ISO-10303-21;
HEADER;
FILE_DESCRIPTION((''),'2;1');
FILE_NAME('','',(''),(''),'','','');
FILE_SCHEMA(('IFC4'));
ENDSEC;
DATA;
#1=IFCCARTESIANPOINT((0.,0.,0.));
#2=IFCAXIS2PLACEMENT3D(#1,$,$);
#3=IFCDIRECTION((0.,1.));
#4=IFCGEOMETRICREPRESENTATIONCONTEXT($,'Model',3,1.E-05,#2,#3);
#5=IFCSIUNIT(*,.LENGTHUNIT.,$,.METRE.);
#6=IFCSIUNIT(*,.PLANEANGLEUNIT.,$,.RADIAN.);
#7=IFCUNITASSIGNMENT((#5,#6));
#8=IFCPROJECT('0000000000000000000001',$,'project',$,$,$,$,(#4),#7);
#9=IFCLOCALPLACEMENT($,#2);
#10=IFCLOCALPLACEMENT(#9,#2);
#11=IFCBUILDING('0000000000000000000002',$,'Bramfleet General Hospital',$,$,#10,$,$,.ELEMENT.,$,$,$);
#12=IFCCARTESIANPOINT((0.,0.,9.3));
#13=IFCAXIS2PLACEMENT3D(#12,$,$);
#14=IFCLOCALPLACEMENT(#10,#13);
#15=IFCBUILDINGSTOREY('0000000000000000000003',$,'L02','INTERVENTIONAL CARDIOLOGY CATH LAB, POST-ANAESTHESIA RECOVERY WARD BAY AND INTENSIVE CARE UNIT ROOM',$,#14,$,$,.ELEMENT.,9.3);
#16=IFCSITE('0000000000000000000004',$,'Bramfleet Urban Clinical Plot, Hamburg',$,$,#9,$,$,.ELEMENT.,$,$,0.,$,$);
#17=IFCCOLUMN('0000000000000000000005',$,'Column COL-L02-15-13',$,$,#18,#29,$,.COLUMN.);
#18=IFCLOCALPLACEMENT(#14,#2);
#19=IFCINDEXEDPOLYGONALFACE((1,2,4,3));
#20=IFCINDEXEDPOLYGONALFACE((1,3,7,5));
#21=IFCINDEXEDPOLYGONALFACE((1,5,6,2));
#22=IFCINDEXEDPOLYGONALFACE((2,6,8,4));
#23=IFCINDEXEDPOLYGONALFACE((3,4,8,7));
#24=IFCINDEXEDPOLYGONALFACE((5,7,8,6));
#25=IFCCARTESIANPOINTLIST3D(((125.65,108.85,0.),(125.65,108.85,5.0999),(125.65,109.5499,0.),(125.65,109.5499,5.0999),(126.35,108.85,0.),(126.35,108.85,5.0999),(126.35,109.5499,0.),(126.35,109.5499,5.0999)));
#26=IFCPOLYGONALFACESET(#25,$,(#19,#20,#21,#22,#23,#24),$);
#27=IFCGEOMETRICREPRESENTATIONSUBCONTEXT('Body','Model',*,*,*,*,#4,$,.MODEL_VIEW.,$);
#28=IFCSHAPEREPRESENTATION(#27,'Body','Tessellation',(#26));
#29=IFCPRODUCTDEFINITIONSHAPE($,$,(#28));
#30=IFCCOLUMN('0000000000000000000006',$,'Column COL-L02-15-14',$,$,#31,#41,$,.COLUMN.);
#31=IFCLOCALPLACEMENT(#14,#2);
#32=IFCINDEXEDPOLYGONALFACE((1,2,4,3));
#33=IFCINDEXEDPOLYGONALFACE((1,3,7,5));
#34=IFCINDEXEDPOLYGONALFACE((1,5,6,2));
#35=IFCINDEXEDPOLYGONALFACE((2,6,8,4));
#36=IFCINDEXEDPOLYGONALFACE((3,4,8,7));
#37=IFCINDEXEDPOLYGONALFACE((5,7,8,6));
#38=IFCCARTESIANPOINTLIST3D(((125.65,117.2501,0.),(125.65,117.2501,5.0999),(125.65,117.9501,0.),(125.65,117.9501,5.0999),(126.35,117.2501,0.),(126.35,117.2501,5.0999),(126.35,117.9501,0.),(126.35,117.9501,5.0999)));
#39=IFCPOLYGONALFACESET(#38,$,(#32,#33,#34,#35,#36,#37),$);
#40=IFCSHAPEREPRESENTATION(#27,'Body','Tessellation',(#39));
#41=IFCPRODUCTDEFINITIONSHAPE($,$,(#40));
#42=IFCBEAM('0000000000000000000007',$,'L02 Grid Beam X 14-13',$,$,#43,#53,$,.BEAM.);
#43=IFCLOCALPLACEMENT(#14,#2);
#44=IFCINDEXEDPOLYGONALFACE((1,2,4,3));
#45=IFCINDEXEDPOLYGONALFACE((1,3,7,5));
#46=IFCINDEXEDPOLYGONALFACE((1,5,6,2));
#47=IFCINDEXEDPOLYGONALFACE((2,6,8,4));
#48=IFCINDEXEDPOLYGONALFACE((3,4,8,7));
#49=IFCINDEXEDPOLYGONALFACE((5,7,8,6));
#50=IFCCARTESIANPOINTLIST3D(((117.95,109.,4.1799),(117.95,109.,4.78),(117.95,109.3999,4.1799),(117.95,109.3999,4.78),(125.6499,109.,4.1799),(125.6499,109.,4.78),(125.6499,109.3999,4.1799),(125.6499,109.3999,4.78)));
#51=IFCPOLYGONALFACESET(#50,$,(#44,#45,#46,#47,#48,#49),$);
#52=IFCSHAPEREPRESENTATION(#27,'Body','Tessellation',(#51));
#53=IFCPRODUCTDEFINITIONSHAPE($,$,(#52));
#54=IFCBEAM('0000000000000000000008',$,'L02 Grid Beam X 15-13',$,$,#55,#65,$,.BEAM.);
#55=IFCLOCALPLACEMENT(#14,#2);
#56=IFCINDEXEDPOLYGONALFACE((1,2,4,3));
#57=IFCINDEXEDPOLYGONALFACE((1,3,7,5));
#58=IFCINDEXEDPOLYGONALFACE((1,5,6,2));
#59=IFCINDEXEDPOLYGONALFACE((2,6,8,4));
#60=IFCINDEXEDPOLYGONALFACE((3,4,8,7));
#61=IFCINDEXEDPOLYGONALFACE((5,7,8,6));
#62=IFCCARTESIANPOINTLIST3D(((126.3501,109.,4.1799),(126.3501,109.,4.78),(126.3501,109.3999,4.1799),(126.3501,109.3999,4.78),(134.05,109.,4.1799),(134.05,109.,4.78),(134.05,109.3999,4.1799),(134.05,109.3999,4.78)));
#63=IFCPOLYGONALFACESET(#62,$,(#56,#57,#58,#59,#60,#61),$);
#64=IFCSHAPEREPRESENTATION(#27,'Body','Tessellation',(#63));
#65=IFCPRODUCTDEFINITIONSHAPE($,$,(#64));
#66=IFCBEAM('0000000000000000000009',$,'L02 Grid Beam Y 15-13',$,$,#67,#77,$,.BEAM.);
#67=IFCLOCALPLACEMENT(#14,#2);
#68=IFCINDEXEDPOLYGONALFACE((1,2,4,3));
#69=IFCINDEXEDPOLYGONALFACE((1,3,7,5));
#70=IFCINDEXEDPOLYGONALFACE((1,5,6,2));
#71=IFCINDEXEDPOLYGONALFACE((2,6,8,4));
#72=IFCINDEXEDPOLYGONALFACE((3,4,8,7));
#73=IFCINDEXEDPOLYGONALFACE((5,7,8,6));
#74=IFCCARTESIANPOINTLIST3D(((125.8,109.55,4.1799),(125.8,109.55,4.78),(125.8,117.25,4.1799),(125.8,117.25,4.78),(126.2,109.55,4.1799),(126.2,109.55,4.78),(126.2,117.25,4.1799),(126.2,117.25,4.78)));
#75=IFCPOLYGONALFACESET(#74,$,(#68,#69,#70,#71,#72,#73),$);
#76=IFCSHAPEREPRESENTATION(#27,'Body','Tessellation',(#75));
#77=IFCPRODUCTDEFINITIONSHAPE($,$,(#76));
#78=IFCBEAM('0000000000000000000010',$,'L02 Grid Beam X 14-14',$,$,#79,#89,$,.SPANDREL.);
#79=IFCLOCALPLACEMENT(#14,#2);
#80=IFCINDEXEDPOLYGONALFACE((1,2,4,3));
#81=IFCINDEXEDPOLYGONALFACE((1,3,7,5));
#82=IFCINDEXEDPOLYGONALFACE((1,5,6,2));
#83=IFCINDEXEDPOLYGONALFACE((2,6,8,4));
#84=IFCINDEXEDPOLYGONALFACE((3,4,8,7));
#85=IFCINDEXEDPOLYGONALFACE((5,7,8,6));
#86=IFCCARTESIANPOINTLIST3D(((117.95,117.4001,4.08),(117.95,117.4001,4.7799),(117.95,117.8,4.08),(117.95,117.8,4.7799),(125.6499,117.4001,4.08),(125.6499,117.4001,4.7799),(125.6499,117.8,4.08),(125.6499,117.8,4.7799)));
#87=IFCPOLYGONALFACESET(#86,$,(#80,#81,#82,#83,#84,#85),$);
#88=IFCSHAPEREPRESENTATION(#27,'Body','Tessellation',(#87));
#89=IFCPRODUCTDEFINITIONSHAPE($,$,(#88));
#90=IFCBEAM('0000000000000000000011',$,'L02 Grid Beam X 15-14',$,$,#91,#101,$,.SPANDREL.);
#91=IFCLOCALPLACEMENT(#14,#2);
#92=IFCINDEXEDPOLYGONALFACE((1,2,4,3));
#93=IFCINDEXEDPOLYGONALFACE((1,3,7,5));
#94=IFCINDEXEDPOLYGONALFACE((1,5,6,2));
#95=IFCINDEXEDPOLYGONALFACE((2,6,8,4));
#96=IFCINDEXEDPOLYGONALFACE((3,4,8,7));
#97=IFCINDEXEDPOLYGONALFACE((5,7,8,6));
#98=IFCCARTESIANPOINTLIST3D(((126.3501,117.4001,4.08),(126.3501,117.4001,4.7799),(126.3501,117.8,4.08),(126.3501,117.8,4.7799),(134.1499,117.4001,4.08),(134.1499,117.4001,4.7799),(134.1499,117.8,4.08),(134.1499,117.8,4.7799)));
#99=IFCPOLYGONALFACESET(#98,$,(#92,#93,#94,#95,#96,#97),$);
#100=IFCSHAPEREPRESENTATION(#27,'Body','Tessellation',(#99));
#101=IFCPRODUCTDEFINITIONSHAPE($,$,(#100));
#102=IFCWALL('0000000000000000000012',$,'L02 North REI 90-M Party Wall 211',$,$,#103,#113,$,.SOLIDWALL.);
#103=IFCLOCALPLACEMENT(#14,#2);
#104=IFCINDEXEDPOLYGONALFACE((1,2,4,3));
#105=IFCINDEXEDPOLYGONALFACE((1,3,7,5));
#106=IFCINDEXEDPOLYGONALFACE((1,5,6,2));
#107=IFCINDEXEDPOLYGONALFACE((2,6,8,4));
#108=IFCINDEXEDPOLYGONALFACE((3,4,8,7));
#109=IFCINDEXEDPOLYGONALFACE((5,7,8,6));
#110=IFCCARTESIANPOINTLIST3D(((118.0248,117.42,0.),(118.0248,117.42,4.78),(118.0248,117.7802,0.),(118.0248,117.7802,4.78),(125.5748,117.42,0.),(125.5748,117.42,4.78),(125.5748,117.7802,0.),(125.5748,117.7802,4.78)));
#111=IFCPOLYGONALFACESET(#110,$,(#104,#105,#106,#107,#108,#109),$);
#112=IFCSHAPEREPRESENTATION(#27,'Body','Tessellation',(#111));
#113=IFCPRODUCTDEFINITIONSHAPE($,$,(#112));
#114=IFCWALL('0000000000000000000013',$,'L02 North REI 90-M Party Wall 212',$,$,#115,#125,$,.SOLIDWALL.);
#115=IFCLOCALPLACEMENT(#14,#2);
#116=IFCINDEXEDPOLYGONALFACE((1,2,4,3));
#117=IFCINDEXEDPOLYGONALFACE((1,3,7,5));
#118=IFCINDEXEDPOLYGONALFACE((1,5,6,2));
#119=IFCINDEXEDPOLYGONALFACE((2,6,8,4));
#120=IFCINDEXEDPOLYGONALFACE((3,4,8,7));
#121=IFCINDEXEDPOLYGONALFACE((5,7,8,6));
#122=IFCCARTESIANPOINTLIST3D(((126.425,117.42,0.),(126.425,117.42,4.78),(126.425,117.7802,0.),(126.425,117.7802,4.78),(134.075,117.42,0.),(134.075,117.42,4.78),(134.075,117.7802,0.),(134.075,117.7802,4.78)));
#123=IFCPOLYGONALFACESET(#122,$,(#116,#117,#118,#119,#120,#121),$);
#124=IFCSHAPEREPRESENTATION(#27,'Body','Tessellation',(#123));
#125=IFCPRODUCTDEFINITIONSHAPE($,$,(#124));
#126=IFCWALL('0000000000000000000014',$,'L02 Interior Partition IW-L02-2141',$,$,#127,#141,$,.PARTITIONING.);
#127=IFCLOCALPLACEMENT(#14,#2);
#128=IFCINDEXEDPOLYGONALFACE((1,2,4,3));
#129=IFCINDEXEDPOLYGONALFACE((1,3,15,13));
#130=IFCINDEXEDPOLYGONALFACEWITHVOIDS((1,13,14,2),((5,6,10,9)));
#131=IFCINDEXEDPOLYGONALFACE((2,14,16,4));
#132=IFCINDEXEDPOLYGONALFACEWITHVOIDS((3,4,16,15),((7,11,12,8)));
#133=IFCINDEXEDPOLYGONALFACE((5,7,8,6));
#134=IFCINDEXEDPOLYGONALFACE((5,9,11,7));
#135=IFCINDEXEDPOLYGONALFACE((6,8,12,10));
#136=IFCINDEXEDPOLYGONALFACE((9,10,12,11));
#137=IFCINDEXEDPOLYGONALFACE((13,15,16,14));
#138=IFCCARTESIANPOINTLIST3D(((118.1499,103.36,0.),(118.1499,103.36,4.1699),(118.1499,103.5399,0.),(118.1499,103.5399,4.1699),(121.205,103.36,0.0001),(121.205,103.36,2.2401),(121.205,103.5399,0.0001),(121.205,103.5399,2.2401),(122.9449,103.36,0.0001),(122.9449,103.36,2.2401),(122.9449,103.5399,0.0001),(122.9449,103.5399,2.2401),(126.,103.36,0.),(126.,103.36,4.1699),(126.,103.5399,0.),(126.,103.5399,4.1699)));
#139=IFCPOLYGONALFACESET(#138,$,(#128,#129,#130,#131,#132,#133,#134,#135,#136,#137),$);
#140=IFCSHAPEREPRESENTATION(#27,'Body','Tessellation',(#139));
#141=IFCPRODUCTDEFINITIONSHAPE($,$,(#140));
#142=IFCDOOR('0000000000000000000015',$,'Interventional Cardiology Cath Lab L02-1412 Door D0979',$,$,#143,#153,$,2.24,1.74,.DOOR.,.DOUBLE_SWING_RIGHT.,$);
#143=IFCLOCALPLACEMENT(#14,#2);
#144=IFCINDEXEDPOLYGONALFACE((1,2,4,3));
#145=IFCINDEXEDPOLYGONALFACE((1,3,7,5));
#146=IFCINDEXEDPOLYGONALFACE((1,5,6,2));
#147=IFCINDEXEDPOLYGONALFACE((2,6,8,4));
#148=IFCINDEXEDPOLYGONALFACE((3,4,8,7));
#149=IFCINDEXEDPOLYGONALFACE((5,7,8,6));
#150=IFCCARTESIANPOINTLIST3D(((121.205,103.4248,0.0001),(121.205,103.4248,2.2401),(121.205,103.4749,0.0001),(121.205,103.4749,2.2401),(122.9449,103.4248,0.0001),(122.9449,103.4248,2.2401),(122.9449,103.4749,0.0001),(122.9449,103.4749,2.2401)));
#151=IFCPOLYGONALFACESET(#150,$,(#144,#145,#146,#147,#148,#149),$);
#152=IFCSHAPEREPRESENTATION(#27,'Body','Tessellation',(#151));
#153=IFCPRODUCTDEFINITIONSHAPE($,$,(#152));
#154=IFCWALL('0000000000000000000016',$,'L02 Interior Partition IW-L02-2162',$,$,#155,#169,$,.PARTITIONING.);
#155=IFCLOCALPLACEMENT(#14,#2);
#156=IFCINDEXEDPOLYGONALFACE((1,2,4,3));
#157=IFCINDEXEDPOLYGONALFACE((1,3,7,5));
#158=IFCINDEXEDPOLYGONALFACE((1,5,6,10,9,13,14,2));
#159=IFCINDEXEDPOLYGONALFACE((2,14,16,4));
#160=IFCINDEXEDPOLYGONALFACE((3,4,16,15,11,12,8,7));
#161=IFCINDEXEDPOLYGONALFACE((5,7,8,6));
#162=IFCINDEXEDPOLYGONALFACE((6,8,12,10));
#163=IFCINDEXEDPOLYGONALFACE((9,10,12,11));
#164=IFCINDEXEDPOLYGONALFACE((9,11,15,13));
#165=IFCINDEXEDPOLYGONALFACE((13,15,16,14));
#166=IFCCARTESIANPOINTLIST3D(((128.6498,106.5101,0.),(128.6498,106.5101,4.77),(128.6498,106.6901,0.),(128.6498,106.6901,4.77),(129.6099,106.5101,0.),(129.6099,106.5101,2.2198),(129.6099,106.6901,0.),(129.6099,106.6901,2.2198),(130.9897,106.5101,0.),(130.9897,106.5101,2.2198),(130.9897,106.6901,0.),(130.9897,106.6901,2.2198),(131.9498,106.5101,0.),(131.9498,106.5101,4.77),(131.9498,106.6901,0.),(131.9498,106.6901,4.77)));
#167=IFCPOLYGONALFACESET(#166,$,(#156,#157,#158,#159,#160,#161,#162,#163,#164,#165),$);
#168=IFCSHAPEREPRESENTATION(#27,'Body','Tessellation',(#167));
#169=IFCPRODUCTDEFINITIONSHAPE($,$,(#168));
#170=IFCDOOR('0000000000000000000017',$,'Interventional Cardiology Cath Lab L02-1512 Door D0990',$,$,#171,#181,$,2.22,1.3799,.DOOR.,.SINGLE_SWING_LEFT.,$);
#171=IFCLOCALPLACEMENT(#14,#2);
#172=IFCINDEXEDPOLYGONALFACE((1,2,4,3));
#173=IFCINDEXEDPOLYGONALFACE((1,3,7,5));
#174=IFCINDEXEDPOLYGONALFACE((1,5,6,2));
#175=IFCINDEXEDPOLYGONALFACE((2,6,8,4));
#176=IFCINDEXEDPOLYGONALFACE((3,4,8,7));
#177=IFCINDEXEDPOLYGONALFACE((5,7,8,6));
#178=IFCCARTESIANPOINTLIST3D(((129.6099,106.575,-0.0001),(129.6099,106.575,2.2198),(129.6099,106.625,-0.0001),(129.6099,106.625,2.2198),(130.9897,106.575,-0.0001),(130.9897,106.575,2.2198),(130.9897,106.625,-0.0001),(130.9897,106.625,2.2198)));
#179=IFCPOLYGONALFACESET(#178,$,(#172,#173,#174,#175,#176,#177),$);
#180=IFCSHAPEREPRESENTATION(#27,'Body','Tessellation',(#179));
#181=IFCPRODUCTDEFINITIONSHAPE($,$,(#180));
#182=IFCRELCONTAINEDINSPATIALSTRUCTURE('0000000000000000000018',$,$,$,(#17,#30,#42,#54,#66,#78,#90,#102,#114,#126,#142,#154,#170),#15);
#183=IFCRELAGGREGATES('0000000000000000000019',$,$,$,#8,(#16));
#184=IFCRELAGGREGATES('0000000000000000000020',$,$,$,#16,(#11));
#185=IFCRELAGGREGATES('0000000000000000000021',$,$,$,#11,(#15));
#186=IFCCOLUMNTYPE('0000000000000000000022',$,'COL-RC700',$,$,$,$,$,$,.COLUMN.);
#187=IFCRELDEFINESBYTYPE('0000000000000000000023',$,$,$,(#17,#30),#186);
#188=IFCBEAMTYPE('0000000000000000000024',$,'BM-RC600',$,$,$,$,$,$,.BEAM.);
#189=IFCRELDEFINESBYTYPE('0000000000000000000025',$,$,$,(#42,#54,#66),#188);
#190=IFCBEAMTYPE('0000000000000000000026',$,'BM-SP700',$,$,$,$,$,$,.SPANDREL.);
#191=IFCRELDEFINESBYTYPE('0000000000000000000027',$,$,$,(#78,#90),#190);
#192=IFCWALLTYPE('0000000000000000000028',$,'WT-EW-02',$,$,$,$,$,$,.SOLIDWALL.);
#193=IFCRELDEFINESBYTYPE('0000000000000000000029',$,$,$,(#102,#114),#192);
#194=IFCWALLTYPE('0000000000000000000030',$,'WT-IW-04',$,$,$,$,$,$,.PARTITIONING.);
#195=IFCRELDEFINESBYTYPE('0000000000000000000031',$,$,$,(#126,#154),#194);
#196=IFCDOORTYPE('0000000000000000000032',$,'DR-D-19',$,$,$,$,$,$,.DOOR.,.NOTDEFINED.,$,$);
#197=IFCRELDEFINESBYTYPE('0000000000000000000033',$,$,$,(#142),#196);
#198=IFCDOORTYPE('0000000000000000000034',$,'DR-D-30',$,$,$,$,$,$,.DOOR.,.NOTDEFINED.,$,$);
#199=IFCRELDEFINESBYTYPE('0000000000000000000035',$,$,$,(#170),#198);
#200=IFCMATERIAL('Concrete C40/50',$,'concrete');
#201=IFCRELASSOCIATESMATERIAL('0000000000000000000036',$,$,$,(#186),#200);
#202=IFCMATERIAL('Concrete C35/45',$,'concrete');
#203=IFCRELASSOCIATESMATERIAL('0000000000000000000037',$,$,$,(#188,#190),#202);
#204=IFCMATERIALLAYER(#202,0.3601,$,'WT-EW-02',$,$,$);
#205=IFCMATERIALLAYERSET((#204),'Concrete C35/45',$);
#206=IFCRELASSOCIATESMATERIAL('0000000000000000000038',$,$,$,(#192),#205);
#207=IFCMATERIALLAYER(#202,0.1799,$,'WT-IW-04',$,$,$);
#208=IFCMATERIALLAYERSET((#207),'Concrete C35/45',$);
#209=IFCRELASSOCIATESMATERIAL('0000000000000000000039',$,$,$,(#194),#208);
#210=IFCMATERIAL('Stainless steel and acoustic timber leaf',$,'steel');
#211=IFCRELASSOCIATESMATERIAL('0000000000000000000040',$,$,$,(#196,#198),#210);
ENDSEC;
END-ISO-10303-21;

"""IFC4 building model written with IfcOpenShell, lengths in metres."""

from ifc_helpers import new_model, si_unit, direction, frame, frame_2d, origin, origin_2d, place, context, subcontext, project, spatial, rectangle, extrude, material, layer, layer_set, material_profile, profile_set, type_object, element, fill, save


model = new_model("IFC4")

# Units and contexts
model_context = context("Model", 3, precision=1e-05, world=origin(), true_north=direction((0.0, 1.0)))
body_context = subcontext(model_context, "Body", "Model", "MODEL_VIEW")
ifc_project = project(units=[si_unit("LENGTHUNIT", "METRE"), si_unit("PLANEANGLEUNIT", "RADIAN")], contexts=[model_context])

# Site, building, storey
site_placement = place(None, origin())
site = spatial("IfcSite", under=ifc_project, at=site_placement, Name="Bramfleet Urban Clinical Plot, Hamburg", CompositionType="ELEMENT", RefElevation=0.0)
building_placement = place(site_placement, origin())
building = spatial("IfcBuilding", under=site, at=building_placement, Name="Bramfleet General Hospital", CompositionType="ELEMENT")
storey_placement = place(building_placement, frame((0.0, 0.0, 9.3)))
storey = spatial("IfcBuildingStorey", under=building, at=storey_placement, Name="L02", Description="INTERVENTIONAL CARDIOLOGY CATH LAB, POST-ANAESTHESIA RECOVERY WARD BAY AND INTENSIVE CARE UNIT ROOM", CompositionType="ELEMENT", Elevation=9.3)

# Columns
ifc_material_1 = material(Name="Concrete C40/50", Category="concrete")
ifc_material_profile_1 = material_profile(ifc_material_1, rectangle(XDim=0.7, YDim=0.7, at=origin_2d()), Name="RC COL 700x700")
ifc_profile_set_1 = profile_set([ifc_material_profile_1], Name="Concrete C40/50")
column_type = type_object("IfcColumnType", Name="COL-RC700", PredefinedType="COLUMN", material=ifc_profile_set_1)
for number, where, z_axis, x_axis, name in (
    (1, (126.0, 109.2, 0.0), (0.0, 0.0, 1.0), (1.0, 0.0, 0.0), "Column COL-L02-15-13"),
    (2, (126.0, 117.6001, 0.0), (0.0, 0.0, 1.0), (1.0, 0.0, 0.0), "Column COL-L02-15-14"),
):
    element("IfcColumn", number, at=place(storey_placement, frame(where, z_axis=z_axis, x_axis=x_axis)), inside=storey, type_object=column_type, Name=name, PredefinedType="COLUMN", context=body_context, shape_type="SweptSolid", body=[
        extrude(rectangle(XDim=0.7, YDim=0.7, at=origin_2d()), origin(), (0.0, 0.0, 1.0), 5.0999),
    ])

# Beams
ifc_material_2 = material(Name="Concrete C35/45", Category="concrete")
ifc_material_profile_2 = material_profile(ifc_material_2, rectangle(XDim=0.3999, YDim=0.6001, at=origin_2d()), Name="RC BM 600x400")
ifc_profile_set_2 = profile_set([ifc_material_profile_2], Name="Concrete C35/45")
beam_type_1 = type_object("IfcBeamType", Name="BM-RC600", PredefinedType="BEAM", material=ifc_profile_set_2)
for number, where, z_axis, x_axis, name in (
    (3, (117.95, 109.2, 4.48), (1.0, 0.0, 0.0), (0.0, 1.0, 0.0), "L02 Grid Beam X 14-13"),
    (4, (126.3501, 109.2, 4.48), (1.0, 0.0, 0.0), (0.0, 1.0, 0.0), "L02 Grid Beam X 15-13"),
    (5, (126.0, 109.55, 4.48), (0.0, 1.0, 0.0), (-1.0, 0.0, 0.0), "L02 Grid Beam Y 15-13"),
):
    element("IfcBeam", number, at=place(storey_placement, frame(where, z_axis=z_axis, x_axis=x_axis)), inside=storey, type_object=beam_type_1, Name=name, PredefinedType="BEAM", context=body_context, shape_type="SweptSolid", body=[
        extrude(rectangle(XDim=0.3999, YDim=0.6001, at=origin_2d()), origin(), (0.0, 0.0, 1.0), 7.7),
    ])
ifc_material_profile_3 = material_profile(ifc_material_2, rectangle(XDim=0.3999, YDim=0.7, at=origin_2d()), Name="RC SP 700x400")
ifc_profile_set_3 = profile_set([ifc_material_profile_3], Name="Concrete C35/45")
beam_type_2 = type_object("IfcBeamType", Name="BM-SP700", PredefinedType="SPANDREL", material=ifc_profile_set_3)
beam_1_placement = place(storey_placement, frame((117.95, 117.6001, 4.4299), z_axis=(1.0, 0.0, 0.0), x_axis=(0.0, 1.0, 0.0)))
element("IfcBeam", 6, at=beam_1_placement, inside=storey, type_object=beam_type_2, Name="L02 Grid Beam X 14-14", PredefinedType="SPANDREL", context=body_context, shape_type="SweptSolid", body=[
    extrude(rectangle(XDim=0.3999, YDim=0.7, at=origin_2d()), origin(), (0.0, 0.0, 1.0), 7.7),
])
beam_2_placement = place(storey_placement, frame((126.3501, 117.6001, 4.4299), z_axis=(1.0, 0.0, 0.0), x_axis=(0.0, 1.0, 0.0)))
element("IfcBeam", 7, at=beam_2_placement, inside=storey, type_object=beam_type_2, Name="L02 Grid Beam X 15-14", PredefinedType="SPANDREL", context=body_context, shape_type="SweptSolid", body=[
    extrude(rectangle(XDim=0.3999, YDim=0.7, at=origin_2d()), origin(), (0.0, 0.0, 1.0), 7.7998),
])

# Walls
ifc_layer_1 = layer(ifc_material_2, 0.3601, Name="WT-EW-02")
ifc_layer_set_1 = layer_set([ifc_layer_1], Name="Concrete C35/45")
wall_type_1 = type_object("IfcWallType", Name="WT-EW-02", PredefinedType="SOLIDWALL", material=ifc_layer_set_1)
wall_1_placement = place(storey_placement, frame((118.0249, 117.6001, 0.0), z_axis=(0.0, 0.0, 1.0), x_axis=(1.0, 0.0, 0.0)))
element("IfcWall", 8, at=wall_1_placement, inside=storey, type_object=wall_type_1, Name="L02 North REI 90-M Party Wall 211", PredefinedType="SOLIDWALL", context=body_context, shape_type="SweptSolid", body=[
    extrude(rectangle(XDim=7.55, YDim=0.3601, at=frame_2d((3.7749, 0.0))), origin(), (0.0, 0.0, 1.0), 4.78),
])
wall_2_placement = place(storey_placement, frame((126.425, 117.6001, 0.0), z_axis=(0.0, 0.0, 1.0), x_axis=(1.0, 0.0, 0.0)))
element("IfcWall", 9, at=wall_2_placement, inside=storey, type_object=wall_type_1, Name="L02 North REI 90-M Party Wall 212", PredefinedType="SOLIDWALL", context=body_context, shape_type="SweptSolid", body=[
    extrude(rectangle(XDim=7.6499, YDim=0.3601, at=frame_2d((3.825, 0.0))), origin(), (0.0, 0.0, 1.0), 4.78),
])

# Walls, openings, doors
ifc_layer_2 = layer(ifc_material_2, 0.1799, Name="WT-IW-04")
ifc_layer_set_2 = layer_set([ifc_layer_2], Name="Concrete C35/45")
wall_type_2 = type_object("IfcWallType", Name="WT-IW-04", PredefinedType="PARTITIONING", material=ifc_layer_set_2)
wall_3_placement = place(storey_placement, frame((118.1499, 103.45, 0.0), z_axis=(0.0, 0.0, 1.0), x_axis=(1.0, 0.0, 0.0)))
wall_3 = element("IfcWall", 10, at=wall_3_placement, inside=storey, type_object=wall_type_2, Name="L02 Interior Partition IW-L02-2141", PredefinedType="PARTITIONING", context=body_context, shape_type="SweptSolid", body=[
    extrude(rectangle(XDim=7.8501, YDim=0.1799, at=frame_2d((3.925, 0.0))), origin(), (0.0, 0.0, 1.0), 4.1699),
])
opening_1_placement = place(wall_3_placement, frame((3.0549, 0.0, 0.0)))
opening_1 = element("IfcOpeningElement", 11, at=opening_1_placement, cuts=wall_3, PredefinedType="OPENING", context=body_context, shape_type="SweptSolid", body=[
    extrude(rectangle(XDim=1.74, YDim=2.24, at=frame_2d((0.8701, 1.1201))), frame((0.0, 0.0999, 0.0), z_axis=(0.0, -1.0, 0.0), x_axis=(1.0, 0.0, 0.0)), (0.0, 0.0, 1.0), 0.2),
])
ifc_material_3 = material(Name="Stainless steel and acoustic timber leaf", Category="steel")
door_type_1 = type_object("IfcDoorType", Name="DR-D-19", OperationType="NOTDEFINED", PredefinedType="DOOR", material=ifc_material_3)
door_1_placement = place(opening_1_placement, origin())
door_1 = element("IfcDoor", 12, at=door_1_placement, inside=storey, type_object=door_type_1, Name="Interventional Cardiology Cath Lab L02-1412 Door D0979", OperationType="DOUBLE_SWING_RIGHT", OverallHeight=2.24, OverallWidth=1.74, PredefinedType="DOOR", context=body_context, shape_type="SweptSolid", body=[
    extrude(rectangle(XDim=1.74, YDim=2.24, at=frame_2d((0.8701, 1.1201))), frame((0.0, 0.0249, 0.0), z_axis=(0.0, -1.0, 0.0), x_axis=(1.0, 0.0, 0.0)), (0.0, 0.0, 1.0), 0.05),
])
fill(opening_1, door_1)
wall_4_placement = place(storey_placement, frame((128.6499, 106.6001, 0.0), z_axis=(0.0, 0.0, 1.0), x_axis=(1.0, 0.0, 0.0)))
wall_4 = element("IfcWall", 13, at=wall_4_placement, inside=storey, type_object=wall_type_2, Name="L02 Interior Partition IW-L02-2162", PredefinedType="PARTITIONING", context=body_context, shape_type="SweptSolid", body=[
    extrude(rectangle(XDim=3.3, YDim=0.1799, at=frame_2d((1.6499, 0.0))), origin(), (0.0, 0.0, 1.0), 4.77),
])
opening_2_placement = place(wall_4_placement, frame((0.96, 0.0, 0.0)))
opening_2 = element("IfcOpeningElement", 14, at=opening_2_placement, cuts=wall_4, PredefinedType="OPENING", context=body_context, shape_type="SweptSolid", body=[
    extrude(rectangle(XDim=1.3799, YDim=2.22, at=frame_2d((0.6899, 1.1099))), frame((0.0, 0.0999, 0.0), z_axis=(0.0, -1.0, 0.0), x_axis=(1.0, 0.0, 0.0)), (0.0, 0.0, 1.0), 0.2),
])
door_type_2 = type_object("IfcDoorType", Name="DR-D-30", OperationType="NOTDEFINED", PredefinedType="DOOR", material=ifc_material_3)
door_2_placement = place(opening_2_placement, origin())
door_2 = element("IfcDoor", 15, at=door_2_placement, inside=storey, type_object=door_type_2, Name="Interventional Cardiology Cath Lab L02-1512 Door D0990", OperationType="SINGLE_SWING_LEFT", OverallHeight=2.22, OverallWidth=1.3799, PredefinedType="DOOR", context=body_context, shape_type="SweptSolid", body=[
    extrude(rectangle(XDim=1.3799, YDim=2.22, at=frame_2d((0.6899, 1.1099))), frame((0.0, 0.0249, 0.0), z_axis=(0.0, -1.0, 0.0), x_axis=(1.0, 0.0, 0.0)), (0.0, 0.0, 1.0), 0.05),
])
fill(opening_2, door_2)

save(model, "model.ifc")
